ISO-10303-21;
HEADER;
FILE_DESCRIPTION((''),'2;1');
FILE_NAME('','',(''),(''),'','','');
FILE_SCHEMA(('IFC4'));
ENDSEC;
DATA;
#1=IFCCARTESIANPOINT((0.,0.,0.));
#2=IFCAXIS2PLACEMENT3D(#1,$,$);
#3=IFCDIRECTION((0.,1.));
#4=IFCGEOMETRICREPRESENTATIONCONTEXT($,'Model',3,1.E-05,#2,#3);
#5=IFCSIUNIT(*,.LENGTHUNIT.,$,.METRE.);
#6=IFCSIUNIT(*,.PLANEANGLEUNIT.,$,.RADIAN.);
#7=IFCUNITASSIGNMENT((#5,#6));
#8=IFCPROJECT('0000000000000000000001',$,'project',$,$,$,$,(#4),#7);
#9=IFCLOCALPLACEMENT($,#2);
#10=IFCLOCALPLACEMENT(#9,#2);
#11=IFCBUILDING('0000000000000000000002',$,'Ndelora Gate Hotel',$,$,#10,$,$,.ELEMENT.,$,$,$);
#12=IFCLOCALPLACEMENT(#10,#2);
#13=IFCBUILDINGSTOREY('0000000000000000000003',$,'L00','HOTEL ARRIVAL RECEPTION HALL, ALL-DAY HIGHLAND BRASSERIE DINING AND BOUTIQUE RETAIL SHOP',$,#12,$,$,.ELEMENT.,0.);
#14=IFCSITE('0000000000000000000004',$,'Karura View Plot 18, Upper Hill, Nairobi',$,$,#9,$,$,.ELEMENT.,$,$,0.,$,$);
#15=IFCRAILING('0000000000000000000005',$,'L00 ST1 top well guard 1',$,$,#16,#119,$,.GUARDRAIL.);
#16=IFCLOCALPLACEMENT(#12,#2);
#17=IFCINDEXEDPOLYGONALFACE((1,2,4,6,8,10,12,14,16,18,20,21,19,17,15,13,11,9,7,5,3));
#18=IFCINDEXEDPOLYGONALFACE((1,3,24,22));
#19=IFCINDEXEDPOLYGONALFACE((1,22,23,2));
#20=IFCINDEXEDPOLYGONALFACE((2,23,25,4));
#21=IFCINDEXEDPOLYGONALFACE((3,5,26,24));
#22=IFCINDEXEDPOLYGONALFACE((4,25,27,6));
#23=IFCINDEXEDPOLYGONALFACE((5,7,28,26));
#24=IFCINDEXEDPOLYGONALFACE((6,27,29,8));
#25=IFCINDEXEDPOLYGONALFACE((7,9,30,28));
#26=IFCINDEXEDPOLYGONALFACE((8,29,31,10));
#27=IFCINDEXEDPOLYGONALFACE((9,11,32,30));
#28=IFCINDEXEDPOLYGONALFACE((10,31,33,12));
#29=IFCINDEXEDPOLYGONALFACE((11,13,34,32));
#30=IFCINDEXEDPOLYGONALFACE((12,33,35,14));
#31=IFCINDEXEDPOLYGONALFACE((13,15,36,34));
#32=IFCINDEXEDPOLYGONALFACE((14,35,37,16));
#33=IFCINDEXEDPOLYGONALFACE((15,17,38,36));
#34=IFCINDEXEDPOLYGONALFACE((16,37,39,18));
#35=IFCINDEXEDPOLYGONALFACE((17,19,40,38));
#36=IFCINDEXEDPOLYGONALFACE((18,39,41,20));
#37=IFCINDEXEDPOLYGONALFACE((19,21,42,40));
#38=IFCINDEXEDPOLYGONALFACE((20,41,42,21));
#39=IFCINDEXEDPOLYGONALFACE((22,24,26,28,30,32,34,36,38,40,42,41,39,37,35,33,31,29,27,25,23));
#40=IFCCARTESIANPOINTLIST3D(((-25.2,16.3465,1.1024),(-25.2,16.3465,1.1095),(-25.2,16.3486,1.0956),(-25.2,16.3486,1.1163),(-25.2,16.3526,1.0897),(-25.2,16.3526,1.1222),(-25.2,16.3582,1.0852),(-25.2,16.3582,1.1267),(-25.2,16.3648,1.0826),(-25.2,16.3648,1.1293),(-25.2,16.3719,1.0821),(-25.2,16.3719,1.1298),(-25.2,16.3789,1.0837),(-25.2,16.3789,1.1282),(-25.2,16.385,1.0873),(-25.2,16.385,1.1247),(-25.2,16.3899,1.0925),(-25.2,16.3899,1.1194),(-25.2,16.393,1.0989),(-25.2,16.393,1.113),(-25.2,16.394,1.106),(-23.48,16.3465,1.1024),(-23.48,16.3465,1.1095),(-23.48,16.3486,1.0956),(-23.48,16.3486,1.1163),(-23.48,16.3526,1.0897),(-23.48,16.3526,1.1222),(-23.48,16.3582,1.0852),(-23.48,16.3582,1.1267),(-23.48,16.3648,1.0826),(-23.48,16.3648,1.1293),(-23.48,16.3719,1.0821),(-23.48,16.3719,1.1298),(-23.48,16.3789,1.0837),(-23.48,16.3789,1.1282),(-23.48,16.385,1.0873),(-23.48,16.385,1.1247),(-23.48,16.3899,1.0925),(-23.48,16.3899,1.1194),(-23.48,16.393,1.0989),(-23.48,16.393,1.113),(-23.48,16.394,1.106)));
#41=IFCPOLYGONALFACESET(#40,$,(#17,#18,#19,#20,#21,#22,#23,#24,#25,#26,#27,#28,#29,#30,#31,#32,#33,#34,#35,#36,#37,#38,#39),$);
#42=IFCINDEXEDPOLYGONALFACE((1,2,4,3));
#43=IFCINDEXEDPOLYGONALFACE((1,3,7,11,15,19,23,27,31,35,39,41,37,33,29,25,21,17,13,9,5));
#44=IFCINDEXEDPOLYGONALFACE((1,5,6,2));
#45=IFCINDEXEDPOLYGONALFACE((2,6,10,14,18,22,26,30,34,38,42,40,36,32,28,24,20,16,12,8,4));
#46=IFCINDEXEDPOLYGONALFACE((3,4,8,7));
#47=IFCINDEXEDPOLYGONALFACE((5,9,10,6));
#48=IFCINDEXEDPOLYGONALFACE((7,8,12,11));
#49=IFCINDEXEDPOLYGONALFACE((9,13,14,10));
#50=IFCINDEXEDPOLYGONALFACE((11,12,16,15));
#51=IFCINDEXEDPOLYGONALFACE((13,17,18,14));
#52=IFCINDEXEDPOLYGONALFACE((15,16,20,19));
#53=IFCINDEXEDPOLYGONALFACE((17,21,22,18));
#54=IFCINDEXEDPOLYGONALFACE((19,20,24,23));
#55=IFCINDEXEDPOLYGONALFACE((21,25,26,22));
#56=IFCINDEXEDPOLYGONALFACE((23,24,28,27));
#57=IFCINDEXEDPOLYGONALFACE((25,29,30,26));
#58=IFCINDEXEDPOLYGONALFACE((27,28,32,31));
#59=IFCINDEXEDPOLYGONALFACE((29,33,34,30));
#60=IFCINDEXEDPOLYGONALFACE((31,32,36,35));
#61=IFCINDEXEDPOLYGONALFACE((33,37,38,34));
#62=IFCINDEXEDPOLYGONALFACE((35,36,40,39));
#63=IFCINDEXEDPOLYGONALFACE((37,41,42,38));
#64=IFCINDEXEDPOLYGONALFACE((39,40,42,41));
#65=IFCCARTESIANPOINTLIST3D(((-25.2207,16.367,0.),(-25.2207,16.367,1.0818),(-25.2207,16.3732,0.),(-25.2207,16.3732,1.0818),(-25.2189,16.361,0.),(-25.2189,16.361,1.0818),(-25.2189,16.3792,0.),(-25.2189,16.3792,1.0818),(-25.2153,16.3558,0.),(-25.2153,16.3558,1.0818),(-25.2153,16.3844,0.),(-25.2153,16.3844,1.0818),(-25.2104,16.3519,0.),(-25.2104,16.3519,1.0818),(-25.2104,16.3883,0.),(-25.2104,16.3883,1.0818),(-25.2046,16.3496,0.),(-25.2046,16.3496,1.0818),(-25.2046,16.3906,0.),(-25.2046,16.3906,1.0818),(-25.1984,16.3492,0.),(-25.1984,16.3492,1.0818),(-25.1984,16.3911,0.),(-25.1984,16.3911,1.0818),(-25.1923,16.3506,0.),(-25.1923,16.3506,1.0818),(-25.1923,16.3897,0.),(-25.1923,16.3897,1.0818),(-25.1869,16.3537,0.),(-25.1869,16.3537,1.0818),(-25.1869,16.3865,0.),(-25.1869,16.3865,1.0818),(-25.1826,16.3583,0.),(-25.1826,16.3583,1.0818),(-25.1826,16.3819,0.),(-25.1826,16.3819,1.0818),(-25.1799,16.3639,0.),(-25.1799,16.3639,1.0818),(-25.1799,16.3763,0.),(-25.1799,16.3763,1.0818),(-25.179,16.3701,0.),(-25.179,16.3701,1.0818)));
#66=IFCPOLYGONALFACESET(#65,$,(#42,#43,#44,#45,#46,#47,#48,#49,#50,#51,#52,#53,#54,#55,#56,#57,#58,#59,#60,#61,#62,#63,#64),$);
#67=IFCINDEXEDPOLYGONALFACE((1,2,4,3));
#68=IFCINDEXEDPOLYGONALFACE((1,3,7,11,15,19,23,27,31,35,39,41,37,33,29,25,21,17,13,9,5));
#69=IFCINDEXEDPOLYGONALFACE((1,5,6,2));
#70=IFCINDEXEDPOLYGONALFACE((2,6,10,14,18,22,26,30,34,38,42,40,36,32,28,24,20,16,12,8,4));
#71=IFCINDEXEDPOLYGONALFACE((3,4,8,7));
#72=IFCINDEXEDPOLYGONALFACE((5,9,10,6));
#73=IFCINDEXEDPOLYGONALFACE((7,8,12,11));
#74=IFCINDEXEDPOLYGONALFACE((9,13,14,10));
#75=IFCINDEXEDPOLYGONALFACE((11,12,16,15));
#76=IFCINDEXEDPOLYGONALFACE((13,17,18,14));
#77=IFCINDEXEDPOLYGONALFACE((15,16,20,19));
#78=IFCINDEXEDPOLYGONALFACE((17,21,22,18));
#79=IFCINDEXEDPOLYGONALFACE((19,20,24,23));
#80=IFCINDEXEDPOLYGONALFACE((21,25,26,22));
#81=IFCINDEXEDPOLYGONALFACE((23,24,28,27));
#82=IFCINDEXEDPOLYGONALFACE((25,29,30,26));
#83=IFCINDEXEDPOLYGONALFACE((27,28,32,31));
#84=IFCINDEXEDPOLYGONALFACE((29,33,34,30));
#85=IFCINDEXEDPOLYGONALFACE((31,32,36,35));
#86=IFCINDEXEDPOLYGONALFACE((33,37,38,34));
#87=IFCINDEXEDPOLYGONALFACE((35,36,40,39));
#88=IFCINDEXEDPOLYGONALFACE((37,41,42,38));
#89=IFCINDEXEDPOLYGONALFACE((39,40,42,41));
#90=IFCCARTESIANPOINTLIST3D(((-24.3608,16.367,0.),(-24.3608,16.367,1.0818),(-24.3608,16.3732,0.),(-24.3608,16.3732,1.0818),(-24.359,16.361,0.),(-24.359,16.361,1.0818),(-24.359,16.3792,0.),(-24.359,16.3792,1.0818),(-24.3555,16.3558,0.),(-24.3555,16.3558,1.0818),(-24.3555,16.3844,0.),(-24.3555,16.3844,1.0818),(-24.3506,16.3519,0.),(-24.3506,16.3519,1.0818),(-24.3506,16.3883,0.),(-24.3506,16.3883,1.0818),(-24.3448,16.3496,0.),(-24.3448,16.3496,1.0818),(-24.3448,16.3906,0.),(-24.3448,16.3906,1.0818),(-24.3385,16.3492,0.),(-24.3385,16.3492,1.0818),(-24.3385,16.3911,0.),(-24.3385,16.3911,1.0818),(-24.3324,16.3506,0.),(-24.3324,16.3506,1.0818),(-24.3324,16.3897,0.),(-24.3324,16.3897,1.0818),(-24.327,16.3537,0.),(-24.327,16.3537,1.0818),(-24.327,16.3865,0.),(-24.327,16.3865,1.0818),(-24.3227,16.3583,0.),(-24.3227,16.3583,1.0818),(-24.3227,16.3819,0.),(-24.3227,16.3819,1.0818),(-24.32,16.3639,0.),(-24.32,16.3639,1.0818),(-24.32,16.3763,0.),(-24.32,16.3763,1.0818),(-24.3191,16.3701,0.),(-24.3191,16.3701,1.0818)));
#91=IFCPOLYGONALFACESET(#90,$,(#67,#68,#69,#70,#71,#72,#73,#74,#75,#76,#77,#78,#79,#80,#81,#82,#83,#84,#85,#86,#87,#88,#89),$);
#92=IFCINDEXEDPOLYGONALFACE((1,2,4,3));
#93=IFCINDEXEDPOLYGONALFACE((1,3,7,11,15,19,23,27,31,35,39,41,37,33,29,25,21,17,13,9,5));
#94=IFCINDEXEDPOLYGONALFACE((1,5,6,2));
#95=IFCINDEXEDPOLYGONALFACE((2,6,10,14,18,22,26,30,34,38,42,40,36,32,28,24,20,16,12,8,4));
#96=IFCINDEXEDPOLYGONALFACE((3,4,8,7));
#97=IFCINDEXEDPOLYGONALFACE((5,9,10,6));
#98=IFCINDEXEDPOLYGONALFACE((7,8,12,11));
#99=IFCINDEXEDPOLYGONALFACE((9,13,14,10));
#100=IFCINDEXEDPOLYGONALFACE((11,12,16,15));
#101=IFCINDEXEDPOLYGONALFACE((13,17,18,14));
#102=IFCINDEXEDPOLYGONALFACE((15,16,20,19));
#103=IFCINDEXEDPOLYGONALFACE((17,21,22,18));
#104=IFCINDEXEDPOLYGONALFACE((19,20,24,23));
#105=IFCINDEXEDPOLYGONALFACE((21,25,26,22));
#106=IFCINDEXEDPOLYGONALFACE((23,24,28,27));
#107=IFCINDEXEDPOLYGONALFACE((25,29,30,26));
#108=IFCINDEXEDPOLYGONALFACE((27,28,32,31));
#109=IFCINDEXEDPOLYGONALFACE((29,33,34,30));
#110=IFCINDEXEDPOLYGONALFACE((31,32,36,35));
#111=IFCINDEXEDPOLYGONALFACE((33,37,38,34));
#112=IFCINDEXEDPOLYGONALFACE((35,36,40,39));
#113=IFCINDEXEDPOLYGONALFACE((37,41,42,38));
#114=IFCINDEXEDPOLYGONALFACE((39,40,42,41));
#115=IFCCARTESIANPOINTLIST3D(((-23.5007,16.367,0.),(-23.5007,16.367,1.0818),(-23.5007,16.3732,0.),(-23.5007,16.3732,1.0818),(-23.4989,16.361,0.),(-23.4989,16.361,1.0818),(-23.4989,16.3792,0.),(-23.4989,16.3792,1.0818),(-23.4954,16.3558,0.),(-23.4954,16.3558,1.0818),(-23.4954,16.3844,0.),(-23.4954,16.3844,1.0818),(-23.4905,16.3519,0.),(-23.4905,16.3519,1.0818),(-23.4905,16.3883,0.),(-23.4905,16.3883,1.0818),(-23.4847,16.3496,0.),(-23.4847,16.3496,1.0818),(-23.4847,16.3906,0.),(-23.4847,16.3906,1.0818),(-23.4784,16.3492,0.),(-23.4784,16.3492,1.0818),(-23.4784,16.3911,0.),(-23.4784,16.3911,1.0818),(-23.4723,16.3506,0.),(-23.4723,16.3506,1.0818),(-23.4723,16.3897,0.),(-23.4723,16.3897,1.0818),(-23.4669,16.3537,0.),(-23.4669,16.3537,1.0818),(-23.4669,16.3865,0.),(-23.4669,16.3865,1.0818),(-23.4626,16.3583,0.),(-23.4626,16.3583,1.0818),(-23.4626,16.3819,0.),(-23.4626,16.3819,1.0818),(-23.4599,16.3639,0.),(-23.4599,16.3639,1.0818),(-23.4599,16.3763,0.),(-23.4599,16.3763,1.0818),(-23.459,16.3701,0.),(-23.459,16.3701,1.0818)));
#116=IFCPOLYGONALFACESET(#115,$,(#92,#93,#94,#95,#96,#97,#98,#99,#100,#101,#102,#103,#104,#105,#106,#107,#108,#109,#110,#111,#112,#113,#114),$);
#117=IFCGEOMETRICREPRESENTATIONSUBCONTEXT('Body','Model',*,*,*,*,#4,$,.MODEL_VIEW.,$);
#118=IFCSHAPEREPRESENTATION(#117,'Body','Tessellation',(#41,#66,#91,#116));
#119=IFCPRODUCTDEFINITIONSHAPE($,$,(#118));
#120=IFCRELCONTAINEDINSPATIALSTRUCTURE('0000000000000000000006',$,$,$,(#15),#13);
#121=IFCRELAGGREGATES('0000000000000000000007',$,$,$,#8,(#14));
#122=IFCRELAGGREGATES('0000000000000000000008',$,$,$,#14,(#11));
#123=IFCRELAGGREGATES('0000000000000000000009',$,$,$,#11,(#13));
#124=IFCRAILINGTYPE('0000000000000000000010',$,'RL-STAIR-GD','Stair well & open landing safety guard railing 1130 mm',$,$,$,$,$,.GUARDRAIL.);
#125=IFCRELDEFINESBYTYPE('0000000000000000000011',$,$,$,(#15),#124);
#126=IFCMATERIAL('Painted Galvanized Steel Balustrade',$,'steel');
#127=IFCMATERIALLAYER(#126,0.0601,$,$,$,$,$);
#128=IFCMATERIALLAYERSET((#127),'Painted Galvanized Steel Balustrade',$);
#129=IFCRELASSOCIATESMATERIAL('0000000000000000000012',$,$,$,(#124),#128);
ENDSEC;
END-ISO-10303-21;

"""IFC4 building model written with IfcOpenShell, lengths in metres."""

from ifc_helpers import new_model, si_unit, direction, frame, origin, origin_2d, place, context, subcontext, project, spatial, circle, extrude, material, layer, layer_set, type_object, element, save


model = new_model("IFC4")

# Units and contexts
model_context = context("Model", 3, precision=1e-05, world=origin(), true_north=direction((0.0, 1.0)))
body_context = subcontext(model_context, "Body", "Model", "MODEL_VIEW")
ifc_project = project(units=[si_unit("LENGTHUNIT", "METRE"), si_unit("PLANEANGLEUNIT", "RADIAN")], contexts=[model_context])

# Site, building, storey
site_placement = place(None, origin())
site = spatial("IfcSite", under=ifc_project, at=site_placement, Name="Karura View Plot 18, Upper Hill, Nairobi", CompositionType="ELEMENT", RefElevation=0.0)
building_placement = place(site_placement, origin())
building = spatial("IfcBuilding", under=site, at=building_placement, Name="Ndelora Gate Hotel", CompositionType="ELEMENT")
storey_placement = place(building_placement, origin())
storey = spatial("IfcBuildingStorey", under=building, at=storey_placement, Name="L00", Description="HOTEL ARRIVAL RECEPTION HALL, ALL-DAY HIGHLAND BRASSERIE DINING AND BOUTIQUE RETAIL SHOP", CompositionType="ELEMENT", Elevation=0.0)

# Railing
ifc_material_1 = material(Name="Painted Galvanized Steel Balustrade", Category="steel")
ifc_layer_1 = layer(ifc_material_1, 0.0601)
ifc_layer_set_1 = layer_set([ifc_layer_1], Name="Painted Galvanized Steel Balustrade")
railing_type = type_object("IfcRailingType", Name="RL-STAIR-GD", Description="Stair well & open landing safety guard railing 1130 mm", PredefinedType="GUARDRAIL", material=ifc_layer_set_1)
railing_1_placement = place(storey_placement, frame((-25.2, 16.3701, 0.0)))
element("IfcRailing", 1, at=railing_1_placement, inside=storey, type_object=railing_type, Name="L00 ST1 top well guard 1", PredefinedType="GUARDRAIL", context=body_context, shape_type="SweptSolid", body=[
    extrude(circle(Radius=0.0239, at=origin_2d()), frame((0.0, 0.0, 1.106), z_axis=(1.0, 0.0, 0.0), x_axis=(0.0, 1.0, 0.0)), (0.0, 0.0, 1.0), 1.72),
    extrude(circle(Radius=0.021, at=origin_2d()), origin(), (0.0, 0.0, 1.0), 1.0818),
    extrude(circle(Radius=0.021, at=origin_2d()), frame((0.8599, 0.0, 0.0)), (0.0, 0.0, 1.0), 1.0818),
    extrude(circle(Radius=0.021, at=origin_2d()), frame((1.72, 0.0, 0.0)), (0.0, 0.0, 1.0), 1.0818),
])

save(model, "model.ifc")
